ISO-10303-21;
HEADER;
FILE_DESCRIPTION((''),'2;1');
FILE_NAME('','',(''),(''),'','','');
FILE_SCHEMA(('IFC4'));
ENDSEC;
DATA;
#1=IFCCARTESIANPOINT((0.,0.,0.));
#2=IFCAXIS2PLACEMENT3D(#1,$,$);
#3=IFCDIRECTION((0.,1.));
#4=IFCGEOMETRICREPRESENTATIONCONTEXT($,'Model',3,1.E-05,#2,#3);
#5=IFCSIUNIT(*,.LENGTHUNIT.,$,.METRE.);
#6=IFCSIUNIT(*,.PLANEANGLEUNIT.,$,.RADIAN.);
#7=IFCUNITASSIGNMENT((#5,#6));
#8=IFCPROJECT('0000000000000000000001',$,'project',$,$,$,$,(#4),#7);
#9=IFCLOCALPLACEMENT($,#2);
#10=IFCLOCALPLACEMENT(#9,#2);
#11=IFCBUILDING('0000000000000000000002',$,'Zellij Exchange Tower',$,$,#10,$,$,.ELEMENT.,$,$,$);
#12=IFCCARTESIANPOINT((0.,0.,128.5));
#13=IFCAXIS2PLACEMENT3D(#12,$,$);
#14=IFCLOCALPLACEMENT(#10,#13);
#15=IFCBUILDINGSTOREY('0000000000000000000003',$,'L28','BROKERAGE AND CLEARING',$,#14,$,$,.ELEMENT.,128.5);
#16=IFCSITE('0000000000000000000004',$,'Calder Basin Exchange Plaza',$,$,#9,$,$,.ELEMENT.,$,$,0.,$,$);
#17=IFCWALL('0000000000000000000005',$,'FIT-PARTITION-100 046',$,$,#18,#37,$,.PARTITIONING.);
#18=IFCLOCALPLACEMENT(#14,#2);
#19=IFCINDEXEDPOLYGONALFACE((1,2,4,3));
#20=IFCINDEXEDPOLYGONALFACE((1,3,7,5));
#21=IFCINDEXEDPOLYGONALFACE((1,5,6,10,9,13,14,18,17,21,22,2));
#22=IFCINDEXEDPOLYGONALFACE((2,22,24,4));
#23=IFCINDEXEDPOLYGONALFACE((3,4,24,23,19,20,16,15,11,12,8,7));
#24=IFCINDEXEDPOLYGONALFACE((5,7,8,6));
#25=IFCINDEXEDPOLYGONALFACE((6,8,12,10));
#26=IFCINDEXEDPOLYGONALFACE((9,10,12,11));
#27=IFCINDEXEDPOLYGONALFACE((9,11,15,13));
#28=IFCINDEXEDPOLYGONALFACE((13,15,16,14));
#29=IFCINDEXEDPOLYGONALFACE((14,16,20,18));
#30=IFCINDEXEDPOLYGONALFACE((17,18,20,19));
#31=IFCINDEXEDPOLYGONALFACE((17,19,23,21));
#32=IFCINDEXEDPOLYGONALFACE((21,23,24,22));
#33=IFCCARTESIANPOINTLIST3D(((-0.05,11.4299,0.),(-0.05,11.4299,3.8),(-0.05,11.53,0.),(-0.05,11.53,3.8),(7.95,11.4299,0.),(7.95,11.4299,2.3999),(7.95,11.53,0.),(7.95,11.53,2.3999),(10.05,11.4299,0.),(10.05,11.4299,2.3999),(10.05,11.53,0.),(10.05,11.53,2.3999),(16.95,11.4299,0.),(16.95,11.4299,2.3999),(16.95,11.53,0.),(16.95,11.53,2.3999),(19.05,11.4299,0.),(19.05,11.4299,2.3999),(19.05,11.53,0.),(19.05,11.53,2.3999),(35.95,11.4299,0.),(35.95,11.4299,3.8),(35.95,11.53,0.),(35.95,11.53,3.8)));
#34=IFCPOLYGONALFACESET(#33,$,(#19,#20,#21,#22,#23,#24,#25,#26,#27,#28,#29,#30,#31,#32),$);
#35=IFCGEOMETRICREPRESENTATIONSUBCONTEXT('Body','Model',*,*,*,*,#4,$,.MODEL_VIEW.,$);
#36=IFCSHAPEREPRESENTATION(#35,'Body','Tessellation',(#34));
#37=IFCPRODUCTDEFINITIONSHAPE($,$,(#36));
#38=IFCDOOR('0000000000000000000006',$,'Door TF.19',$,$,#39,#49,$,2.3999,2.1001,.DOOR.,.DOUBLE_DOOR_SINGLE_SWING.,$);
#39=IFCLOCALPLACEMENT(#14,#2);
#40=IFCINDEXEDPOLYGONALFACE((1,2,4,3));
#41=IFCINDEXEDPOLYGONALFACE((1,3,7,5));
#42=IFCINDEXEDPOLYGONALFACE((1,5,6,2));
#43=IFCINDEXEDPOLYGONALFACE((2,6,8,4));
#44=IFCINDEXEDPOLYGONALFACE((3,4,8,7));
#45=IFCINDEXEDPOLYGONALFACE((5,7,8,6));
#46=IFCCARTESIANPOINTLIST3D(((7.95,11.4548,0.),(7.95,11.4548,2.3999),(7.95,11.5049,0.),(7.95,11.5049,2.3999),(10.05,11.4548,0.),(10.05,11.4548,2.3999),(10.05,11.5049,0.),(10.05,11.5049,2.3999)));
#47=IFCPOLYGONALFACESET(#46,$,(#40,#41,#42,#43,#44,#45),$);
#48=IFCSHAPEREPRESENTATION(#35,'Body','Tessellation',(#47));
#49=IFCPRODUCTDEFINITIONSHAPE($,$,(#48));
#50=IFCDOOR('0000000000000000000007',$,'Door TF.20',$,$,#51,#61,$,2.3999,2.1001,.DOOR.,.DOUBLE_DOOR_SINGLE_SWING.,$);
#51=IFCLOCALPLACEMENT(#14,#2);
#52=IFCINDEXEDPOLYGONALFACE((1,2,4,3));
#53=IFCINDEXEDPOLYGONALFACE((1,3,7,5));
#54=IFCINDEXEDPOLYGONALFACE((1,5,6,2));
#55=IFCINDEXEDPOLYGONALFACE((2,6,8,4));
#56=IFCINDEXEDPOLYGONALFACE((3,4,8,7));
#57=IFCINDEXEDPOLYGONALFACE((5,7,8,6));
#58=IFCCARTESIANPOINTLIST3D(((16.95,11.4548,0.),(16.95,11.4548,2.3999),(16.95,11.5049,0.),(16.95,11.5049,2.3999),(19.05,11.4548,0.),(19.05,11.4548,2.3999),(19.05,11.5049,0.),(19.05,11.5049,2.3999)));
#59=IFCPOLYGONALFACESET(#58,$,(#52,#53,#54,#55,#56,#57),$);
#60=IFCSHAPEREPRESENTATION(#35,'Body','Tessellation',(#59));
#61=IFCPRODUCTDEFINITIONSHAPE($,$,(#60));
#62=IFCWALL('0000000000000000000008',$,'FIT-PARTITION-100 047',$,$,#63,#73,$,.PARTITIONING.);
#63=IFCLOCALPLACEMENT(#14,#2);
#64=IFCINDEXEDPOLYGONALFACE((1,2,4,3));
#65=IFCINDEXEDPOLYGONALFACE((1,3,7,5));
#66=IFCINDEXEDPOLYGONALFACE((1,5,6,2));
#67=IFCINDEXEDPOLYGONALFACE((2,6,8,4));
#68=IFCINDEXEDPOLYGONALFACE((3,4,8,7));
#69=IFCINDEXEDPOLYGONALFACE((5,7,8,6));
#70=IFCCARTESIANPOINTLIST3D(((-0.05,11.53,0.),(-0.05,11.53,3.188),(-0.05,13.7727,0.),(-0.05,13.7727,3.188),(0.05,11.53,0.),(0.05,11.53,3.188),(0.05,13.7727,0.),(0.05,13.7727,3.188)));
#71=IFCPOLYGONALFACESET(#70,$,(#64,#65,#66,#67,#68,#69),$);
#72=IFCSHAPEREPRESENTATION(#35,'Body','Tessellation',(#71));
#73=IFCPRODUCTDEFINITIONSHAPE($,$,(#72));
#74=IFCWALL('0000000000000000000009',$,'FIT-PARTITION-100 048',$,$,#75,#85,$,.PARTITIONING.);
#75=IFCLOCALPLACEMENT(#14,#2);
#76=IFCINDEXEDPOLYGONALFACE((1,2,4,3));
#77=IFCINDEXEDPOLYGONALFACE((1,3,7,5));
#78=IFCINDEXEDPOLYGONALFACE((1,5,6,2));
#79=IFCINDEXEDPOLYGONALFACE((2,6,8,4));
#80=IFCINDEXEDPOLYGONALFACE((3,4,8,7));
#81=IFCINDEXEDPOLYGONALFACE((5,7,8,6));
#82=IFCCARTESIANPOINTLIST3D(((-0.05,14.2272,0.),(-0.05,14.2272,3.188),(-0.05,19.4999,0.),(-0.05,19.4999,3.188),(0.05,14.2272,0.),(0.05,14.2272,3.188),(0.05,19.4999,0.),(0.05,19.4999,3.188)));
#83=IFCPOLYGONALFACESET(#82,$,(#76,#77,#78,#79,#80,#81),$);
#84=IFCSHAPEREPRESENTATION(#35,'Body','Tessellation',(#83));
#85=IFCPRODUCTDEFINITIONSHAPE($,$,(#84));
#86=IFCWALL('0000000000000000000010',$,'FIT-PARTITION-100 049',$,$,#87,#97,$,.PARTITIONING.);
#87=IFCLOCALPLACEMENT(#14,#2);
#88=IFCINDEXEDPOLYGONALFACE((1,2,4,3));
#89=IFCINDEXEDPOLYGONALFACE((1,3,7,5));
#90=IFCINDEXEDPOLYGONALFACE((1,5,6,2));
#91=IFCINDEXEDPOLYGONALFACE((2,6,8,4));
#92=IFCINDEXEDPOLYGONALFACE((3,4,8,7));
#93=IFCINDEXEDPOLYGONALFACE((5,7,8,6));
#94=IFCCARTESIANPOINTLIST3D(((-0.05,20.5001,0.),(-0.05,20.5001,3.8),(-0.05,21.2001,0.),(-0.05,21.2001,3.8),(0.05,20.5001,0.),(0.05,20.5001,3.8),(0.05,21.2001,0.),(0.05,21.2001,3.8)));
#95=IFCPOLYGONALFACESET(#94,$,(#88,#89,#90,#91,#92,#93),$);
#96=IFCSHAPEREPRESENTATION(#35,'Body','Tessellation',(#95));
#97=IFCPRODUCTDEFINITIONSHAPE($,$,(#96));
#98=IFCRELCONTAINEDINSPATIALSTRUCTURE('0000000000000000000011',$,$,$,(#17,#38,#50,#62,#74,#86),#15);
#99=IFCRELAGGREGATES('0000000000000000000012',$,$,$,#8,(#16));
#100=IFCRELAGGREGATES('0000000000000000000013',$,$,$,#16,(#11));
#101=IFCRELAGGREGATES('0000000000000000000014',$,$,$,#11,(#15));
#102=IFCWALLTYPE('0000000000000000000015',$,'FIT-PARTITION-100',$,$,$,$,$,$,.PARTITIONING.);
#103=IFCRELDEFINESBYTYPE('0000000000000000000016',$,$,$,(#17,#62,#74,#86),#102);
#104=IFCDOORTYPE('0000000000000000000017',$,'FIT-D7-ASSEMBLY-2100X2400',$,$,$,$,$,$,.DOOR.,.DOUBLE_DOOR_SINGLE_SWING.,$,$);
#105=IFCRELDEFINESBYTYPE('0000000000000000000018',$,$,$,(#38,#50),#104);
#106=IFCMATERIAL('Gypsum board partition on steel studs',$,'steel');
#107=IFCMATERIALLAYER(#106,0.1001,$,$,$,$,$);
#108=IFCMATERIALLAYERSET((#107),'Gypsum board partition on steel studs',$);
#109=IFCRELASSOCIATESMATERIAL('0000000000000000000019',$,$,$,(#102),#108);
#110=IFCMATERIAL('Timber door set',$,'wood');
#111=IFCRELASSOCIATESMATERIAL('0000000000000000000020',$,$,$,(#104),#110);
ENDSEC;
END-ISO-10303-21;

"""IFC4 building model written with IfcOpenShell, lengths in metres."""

from ifc_helpers import new_model, si_unit, direction, frame, frame_2d, origin, place, context, subcontext, project, spatial, rectangle, extrude, material, layer, layer_set, type_object, element, fill, save


model = new_model("IFC4")

# Units and contexts
model_context = context("Model", 3, precision=1e-05, world=origin(), true_north=direction((0.0, 1.0)))
body_context = subcontext(model_context, "Body", "Model", "MODEL_VIEW")
ifc_project = project(units=[si_unit("LENGTHUNIT", "METRE"), si_unit("PLANEANGLEUNIT", "RADIAN")], contexts=[model_context])

# Site, building, storey
site_placement = place(None, origin())
site = spatial("IfcSite", under=ifc_project, at=site_placement, Name="Calder Basin Exchange Plaza", CompositionType="ELEMENT", RefElevation=0.0)
building_placement = place(site_placement, origin())
building = spatial("IfcBuilding", under=site, at=building_placement, Name="Zellij Exchange Tower", CompositionType="ELEMENT")
storey_placement = place(building_placement, frame((0.0, 0.0, 128.5)))
storey = spatial("IfcBuildingStorey", under=building, at=storey_placement, Name="L28", Description="BROKERAGE AND CLEARING", CompositionType="ELEMENT", Elevation=128.5)

# Shared definitions
ifc_material_1 = material(Name="Gypsum board partition on steel studs", Category="steel")
ifc_layer = layer(ifc_material_1, 0.1001)
ifc_layer_set = layer_set([ifc_layer], Name="Gypsum board partition on steel studs")
wall_type = type_object("IfcWallType", Name="FIT-PARTITION-100", PredefinedType="PARTITIONING", material=ifc_layer_set)

# Shared definitions
ifc_material_2 = material(Name="Timber door set", Category="wood")
door_type = type_object("IfcDoorType", Name="FIT-D7-ASSEMBLY-2100X2400", OperationType="DOUBLE_DOOR_SINGLE_SWING", PredefinedType="DOOR", material=ifc_material_2)

# Wall, openings, doors
wall_1_placement = place(storey_placement, frame((-0.05, 11.48, 0.0), z_axis=(0.0, 0.0, 1.0), x_axis=(1.0, 0.0, 0.0)))
wall_1 = element("IfcWall", 1, at=wall_1_placement, inside=storey, type_object=wall_type, Name="FIT-PARTITION-100 046", PredefinedType="PARTITIONING", context=body_context, shape_type="SweptSolid", body=[
    extrude(rectangle(XDim=36.0, YDim=0.1001, at=frame_2d((18.0, 0.0))), origin(), (0.0, 0.0, 1.0), 3.8),
])
opening_1_placement = place(wall_1_placement, frame((8.0, 0.0, 0.0)))
opening_1 = element("IfcOpeningElement", 2, at=opening_1_placement, cuts=wall_1, PredefinedType="OPENING", context=body_context, shape_type="SweptSolid", body=[
    extrude(rectangle(XDim=2.1001, YDim=2.3999, at=frame_2d((1.05, 1.2))), frame((0.0, 0.062, 0.0), z_axis=(0.0, -1.0, 0.0), x_axis=(1.0, 0.0, 0.0)), (0.0, 0.0, 1.0), 0.124),
])
opening_2_placement = place(wall_1_placement, frame((17.0, 0.0, 0.0)))
opening_2 = element("IfcOpeningElement", 3, at=opening_2_placement, cuts=wall_1, PredefinedType="OPENING", context=body_context, shape_type="SweptSolid", body=[
    extrude(rectangle(XDim=2.1001, YDim=2.3999, at=frame_2d((1.05, 1.2))), frame((0.0, 0.062, 0.0), z_axis=(0.0, -1.0, 0.0), x_axis=(1.0, 0.0, 0.0)), (0.0, 0.0, 1.0), 0.124),
])
door_1_placement = place(opening_1_placement, origin())
door_1 = element("IfcDoor", 4, at=door_1_placement, inside=storey, type_object=door_type, Name="Door TF.19", OperationType="DOUBLE_DOOR_SINGLE_SWING", OverallHeight=2.3999, OverallWidth=2.1001, PredefinedType="DOOR", context=body_context, shape_type="SweptSolid", body=[
    extrude(rectangle(XDim=2.1001, YDim=2.3999, at=frame_2d((1.05, 1.2))), frame((0.0, 0.0249, 0.0), z_axis=(0.0, -1.0, 0.0), x_axis=(1.0, 0.0, 0.0)), (0.0, 0.0, 1.0), 0.05),
])
fill(opening_1, door_1)
door_2_placement = place(opening_2_placement, origin())
door_2 = element("IfcDoor", 5, at=door_2_placement, inside=storey, type_object=door_type, Name="Door TF.20", OperationType="DOUBLE_DOOR_SINGLE_SWING", OverallHeight=2.3999, OverallWidth=2.1001, PredefinedType="DOOR", context=body_context, shape_type="SweptSolid", body=[
    extrude(rectangle(XDim=2.1001, YDim=2.3999, at=frame_2d((1.05, 1.2))), frame((0.0, 0.0249, 0.0), z_axis=(0.0, -1.0, 0.0), x_axis=(1.0, 0.0, 0.0)), (0.0, 0.0, 1.0), 0.05),
])
fill(opening_2, door_2)

# Walls
wall_2_placement = place(storey_placement, frame((0.0, 11.53, 0.0), z_axis=(0.0, 0.0, 1.0), x_axis=(0.0, 1.0, 0.0)))
element("IfcWall", 6, at=wall_2_placement, inside=storey, type_object=wall_type, Name="FIT-PARTITION-100 047", PredefinedType="PARTITIONING", context=body_context, shape_type="SweptSolid", body=[
    extrude(rectangle(XDim=2.2427, YDim=0.1001, at=frame_2d((1.1213, 0.0))), origin(), (0.0, 0.0, 1.0), 3.188),
])
wall_3_placement = place(storey_placement, frame((0.0, 14.2273, 0.0), z_axis=(0.0, 0.0, 1.0), x_axis=(0.0, 1.0, 0.0)))
element("IfcWall", 7, at=wall_3_placement, inside=storey, type_object=wall_type, Name="FIT-PARTITION-100 048", PredefinedType="PARTITIONING", context=body_context, shape_type="SweptSolid", body=[
    extrude(rectangle(XDim=5.2727, YDim=0.1001, at=frame_2d((2.6362, 0.0))), origin(), (0.0, 0.0, 1.0), 3.188),
])
wall_4_placement = place(storey_placement, frame((0.0, 20.5, 0.0), z_axis=(0.0, 0.0, 1.0), x_axis=(0.0, 1.0, 0.0)))
element("IfcWall", 8, at=wall_4_placement, inside=storey, type_object=wall_type, Name="FIT-PARTITION-100 049", PredefinedType="PARTITIONING", context=body_context, shape_type="SweptSolid", body=[
    extrude(rectangle(XDim=0.7, YDim=0.1001, at=frame_2d((0.3501, 0.0))), origin(), (0.0, 0.0, 1.0), 3.8),
])

save(model, "model.ifc")
